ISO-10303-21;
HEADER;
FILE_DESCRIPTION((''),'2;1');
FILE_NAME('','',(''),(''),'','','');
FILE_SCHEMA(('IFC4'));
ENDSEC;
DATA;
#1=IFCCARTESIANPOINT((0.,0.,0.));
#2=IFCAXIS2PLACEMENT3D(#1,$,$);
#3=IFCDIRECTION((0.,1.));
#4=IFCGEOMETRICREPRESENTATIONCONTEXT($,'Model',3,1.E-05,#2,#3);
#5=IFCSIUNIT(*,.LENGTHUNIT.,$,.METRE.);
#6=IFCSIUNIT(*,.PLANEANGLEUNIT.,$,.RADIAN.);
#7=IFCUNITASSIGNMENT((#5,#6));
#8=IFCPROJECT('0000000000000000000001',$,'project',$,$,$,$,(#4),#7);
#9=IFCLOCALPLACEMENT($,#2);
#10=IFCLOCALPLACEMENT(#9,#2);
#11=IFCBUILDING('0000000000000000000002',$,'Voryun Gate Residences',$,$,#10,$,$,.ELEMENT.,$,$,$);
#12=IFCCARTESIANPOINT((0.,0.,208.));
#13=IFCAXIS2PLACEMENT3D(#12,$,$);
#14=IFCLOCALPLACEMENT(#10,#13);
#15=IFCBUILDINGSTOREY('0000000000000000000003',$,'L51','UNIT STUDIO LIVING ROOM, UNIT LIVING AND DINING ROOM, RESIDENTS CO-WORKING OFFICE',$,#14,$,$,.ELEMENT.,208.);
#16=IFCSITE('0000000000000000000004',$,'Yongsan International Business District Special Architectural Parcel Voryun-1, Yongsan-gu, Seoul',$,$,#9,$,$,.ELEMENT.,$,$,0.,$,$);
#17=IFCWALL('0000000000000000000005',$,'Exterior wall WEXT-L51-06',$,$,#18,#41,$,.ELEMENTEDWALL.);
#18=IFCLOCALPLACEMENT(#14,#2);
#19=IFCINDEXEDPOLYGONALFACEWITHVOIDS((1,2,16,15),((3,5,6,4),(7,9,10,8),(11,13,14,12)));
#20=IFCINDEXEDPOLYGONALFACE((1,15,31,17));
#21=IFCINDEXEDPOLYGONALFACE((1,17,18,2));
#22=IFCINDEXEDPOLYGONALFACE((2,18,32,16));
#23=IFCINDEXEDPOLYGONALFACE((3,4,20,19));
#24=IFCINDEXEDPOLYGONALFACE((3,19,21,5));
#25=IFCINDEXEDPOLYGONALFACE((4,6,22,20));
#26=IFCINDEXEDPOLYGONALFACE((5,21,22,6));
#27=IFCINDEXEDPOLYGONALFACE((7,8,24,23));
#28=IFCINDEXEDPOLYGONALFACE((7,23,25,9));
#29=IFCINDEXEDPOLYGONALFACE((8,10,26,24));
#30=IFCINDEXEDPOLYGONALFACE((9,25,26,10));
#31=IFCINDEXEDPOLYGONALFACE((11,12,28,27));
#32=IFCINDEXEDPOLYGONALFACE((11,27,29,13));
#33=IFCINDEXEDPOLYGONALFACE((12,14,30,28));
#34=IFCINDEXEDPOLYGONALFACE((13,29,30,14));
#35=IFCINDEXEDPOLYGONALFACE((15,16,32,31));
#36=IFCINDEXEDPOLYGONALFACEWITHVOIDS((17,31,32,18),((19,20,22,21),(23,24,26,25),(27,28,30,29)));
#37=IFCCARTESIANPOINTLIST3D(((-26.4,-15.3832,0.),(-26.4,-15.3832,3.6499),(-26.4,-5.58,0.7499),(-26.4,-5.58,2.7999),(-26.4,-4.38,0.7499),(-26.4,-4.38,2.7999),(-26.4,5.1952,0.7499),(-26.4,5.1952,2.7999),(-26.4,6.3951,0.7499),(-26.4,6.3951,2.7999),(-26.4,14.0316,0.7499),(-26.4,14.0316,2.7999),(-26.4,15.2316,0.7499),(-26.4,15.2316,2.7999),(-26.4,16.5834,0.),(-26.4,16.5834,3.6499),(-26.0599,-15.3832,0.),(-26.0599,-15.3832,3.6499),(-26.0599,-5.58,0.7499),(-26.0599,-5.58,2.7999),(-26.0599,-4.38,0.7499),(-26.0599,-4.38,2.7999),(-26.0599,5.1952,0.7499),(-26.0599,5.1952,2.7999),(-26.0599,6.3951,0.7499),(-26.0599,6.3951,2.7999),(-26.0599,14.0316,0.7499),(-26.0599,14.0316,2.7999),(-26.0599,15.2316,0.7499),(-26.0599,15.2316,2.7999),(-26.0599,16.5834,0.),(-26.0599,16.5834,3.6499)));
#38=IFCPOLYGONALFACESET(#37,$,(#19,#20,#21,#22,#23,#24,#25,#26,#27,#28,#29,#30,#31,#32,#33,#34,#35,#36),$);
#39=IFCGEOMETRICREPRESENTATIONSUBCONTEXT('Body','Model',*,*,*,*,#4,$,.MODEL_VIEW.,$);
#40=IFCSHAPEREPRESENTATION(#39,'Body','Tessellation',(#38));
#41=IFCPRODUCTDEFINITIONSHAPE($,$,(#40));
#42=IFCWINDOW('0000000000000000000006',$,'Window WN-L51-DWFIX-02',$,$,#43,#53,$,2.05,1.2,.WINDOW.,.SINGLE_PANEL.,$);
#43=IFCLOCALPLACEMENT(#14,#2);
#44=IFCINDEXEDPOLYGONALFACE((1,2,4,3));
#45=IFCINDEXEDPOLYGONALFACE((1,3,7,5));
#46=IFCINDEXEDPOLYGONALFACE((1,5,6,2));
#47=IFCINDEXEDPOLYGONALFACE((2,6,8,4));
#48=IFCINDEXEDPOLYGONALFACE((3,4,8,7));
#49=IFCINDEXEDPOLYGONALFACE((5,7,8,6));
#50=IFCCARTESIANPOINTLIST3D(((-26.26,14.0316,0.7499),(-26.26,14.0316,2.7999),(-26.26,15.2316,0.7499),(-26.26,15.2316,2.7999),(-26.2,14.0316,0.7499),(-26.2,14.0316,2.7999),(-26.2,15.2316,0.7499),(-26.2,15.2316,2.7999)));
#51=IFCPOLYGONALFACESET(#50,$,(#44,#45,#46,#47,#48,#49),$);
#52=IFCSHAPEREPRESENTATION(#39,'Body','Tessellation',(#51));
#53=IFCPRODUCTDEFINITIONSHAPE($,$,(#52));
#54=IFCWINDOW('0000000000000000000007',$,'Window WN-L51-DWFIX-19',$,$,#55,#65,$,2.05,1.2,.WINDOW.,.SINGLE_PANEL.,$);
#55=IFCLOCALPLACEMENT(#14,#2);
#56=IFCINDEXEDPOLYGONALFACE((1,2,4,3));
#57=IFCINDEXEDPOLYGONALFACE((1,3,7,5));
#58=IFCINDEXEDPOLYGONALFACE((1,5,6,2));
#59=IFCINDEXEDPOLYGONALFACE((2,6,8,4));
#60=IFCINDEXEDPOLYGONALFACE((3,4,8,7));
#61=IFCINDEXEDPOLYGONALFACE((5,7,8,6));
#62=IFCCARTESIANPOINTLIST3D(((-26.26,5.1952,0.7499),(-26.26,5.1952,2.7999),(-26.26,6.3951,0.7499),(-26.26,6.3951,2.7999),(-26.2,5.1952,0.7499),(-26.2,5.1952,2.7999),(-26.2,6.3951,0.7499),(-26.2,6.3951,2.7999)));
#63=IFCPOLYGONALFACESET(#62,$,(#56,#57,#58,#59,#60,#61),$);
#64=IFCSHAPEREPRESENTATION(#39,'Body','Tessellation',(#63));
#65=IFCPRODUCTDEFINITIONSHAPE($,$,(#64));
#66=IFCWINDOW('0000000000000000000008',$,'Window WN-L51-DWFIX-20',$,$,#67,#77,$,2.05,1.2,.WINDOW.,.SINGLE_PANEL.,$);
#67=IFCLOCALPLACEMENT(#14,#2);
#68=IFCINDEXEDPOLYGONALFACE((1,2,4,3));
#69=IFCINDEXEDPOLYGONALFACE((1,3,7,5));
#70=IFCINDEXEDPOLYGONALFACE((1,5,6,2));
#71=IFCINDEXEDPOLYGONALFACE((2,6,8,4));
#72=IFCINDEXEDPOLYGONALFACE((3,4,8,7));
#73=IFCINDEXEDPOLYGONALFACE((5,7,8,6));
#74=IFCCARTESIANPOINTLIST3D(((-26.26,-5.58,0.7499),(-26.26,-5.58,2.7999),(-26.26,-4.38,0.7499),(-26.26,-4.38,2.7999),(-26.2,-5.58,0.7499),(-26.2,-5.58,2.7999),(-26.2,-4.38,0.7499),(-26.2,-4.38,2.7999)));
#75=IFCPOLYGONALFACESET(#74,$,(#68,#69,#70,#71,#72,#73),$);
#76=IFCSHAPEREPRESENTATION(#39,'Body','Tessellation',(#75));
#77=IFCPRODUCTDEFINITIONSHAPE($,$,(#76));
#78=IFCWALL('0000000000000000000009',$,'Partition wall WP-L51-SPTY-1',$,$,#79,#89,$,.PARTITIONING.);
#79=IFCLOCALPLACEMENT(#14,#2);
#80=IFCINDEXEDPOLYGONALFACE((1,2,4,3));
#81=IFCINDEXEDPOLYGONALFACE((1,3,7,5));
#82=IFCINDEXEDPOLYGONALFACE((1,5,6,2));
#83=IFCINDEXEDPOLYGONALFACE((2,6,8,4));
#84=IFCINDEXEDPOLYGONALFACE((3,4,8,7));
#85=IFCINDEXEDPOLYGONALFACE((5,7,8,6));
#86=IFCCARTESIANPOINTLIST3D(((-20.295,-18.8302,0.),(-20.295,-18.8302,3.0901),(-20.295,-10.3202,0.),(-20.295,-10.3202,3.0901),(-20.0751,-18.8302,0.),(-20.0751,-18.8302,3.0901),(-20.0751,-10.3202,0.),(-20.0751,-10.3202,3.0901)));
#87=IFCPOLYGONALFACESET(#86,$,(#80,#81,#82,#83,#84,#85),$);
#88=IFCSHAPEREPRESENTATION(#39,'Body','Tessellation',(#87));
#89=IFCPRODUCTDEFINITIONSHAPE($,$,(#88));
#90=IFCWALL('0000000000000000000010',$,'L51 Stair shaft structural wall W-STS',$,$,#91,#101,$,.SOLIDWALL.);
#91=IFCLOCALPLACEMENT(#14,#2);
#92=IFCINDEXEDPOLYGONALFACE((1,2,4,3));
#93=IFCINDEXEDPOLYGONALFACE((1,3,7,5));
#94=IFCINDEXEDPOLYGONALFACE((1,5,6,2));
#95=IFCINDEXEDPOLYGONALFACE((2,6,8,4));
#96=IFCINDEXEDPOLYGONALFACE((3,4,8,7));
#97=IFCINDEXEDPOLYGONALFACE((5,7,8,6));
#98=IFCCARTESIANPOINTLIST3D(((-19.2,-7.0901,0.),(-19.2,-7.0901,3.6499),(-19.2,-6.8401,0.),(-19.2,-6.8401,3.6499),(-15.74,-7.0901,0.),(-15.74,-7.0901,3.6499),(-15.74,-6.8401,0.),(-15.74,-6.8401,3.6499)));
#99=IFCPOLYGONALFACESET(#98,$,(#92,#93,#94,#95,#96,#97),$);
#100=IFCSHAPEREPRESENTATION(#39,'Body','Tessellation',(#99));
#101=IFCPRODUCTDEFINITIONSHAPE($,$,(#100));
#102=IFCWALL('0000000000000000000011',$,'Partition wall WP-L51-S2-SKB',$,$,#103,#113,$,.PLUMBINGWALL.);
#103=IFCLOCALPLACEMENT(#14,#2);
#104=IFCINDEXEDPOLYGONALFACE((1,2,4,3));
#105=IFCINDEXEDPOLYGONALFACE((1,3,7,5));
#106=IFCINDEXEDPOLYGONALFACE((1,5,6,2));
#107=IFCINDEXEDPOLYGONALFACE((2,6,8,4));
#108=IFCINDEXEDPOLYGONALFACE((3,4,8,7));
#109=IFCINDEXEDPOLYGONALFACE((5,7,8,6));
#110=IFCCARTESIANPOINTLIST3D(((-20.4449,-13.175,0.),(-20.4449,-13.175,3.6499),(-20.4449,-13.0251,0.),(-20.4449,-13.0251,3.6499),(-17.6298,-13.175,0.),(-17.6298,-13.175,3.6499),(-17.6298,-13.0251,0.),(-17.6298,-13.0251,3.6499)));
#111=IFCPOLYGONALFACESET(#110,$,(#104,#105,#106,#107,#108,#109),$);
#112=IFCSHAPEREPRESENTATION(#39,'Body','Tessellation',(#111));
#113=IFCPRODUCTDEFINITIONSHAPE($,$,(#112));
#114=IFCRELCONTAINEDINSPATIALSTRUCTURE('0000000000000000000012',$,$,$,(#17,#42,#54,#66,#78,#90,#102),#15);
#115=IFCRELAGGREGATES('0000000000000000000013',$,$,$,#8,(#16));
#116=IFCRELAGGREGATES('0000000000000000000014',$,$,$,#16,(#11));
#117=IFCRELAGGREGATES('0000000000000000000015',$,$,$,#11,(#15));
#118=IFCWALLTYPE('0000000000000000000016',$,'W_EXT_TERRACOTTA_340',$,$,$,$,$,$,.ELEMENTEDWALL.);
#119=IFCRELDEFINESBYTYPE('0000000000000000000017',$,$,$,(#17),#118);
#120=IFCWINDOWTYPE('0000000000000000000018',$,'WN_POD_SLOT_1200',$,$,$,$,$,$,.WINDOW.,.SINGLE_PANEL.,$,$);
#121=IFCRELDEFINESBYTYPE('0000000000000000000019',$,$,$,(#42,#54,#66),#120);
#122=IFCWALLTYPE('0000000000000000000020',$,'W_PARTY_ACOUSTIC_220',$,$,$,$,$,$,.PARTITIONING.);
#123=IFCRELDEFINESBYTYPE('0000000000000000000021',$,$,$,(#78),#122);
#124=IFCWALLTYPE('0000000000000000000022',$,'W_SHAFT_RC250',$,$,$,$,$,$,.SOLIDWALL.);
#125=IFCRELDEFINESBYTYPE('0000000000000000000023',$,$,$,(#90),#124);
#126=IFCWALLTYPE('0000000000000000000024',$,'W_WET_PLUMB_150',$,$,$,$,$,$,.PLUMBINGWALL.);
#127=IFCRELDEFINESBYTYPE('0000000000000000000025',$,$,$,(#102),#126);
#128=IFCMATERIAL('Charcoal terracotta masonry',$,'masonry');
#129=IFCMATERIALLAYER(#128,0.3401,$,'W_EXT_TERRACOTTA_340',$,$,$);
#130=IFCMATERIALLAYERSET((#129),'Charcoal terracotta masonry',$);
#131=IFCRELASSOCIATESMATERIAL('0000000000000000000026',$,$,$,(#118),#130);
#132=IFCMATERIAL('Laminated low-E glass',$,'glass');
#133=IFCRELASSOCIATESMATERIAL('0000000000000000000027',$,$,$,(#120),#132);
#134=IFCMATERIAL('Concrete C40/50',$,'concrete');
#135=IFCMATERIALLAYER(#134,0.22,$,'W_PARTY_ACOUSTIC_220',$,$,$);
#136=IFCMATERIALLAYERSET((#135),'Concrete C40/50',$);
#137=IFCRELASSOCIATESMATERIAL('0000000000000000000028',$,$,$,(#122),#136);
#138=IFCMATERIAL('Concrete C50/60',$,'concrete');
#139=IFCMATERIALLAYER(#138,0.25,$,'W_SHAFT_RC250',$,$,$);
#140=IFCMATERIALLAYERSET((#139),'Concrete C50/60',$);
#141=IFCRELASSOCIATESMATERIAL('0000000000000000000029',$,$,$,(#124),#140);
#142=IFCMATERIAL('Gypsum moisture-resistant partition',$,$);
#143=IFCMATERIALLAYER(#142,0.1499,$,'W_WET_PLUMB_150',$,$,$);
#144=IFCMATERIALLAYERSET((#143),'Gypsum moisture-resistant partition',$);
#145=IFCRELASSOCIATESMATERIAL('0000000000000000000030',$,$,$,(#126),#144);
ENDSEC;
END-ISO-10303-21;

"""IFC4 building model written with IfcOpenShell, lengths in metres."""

from ifc_helpers import new_model, si_unit, direction, frame, frame_2d, origin, place, context, subcontext, project, spatial, rectangle, extrude, material, layer, layer_set, type_object, element, fill, save


model = new_model("IFC4")

# Units and contexts
model_context = context("Model", 3, precision=1e-05, world=origin(), true_north=direction((0.0, 1.0)))
body_context = subcontext(model_context, "Body", "Model", "MODEL_VIEW")
ifc_project = project(units=[si_unit("LENGTHUNIT", "METRE"), si_unit("PLANEANGLEUNIT", "RADIAN")], contexts=[model_context])

# Site, building, storey
site_placement = place(None, origin())
site = spatial("IfcSite", under=ifc_project, at=site_placement, Name="Yongsan International Business District Special Architectural Parcel Voryun-1, Yongsan-gu, Seoul", CompositionType="ELEMENT", RefElevation=0.0)
building_placement = place(site_placement, origin())
building = spatial("IfcBuilding", under=site, at=building_placement, Name="Voryun Gate Residences", CompositionType="ELEMENT")
storey_placement = place(building_placement, frame((0.0, 0.0, 208.0)))
storey = spatial("IfcBuildingStorey", under=building, at=storey_placement, Name="L51", Description="UNIT STUDIO LIVING ROOM, UNIT LIVING AND DINING ROOM, RESIDENTS CO-WORKING OFFICE", CompositionType="ELEMENT", Elevation=208.0)

# Shared definitions
ifc_material_1 = material(Name="Charcoal terracotta masonry", Category="masonry")
ifc_layer_1 = layer(ifc_material_1, 0.3401, Name="W_EXT_TERRACOTTA_340")
ifc_layer_set_1 = layer_set([ifc_layer_1], Name="Charcoal terracotta masonry")
wall_type_1 = type_object("IfcWallType", Name="W_EXT_TERRACOTTA_340", PredefinedType="ELEMENTEDWALL", material=ifc_layer_set_1)

# Wall, openings, windows
wall_1_placement = place(storey_placement, frame((-26.23, -15.3833, 0.0), z_axis=(0.0, 0.0, 1.0), x_axis=(0.0, 1.0, 0.0)))
wall_1 = element("IfcWall", 1, at=wall_1_placement, inside=storey, type_object=wall_type_1, Name="Exterior wall WEXT-L51-06", PredefinedType="ELEMENTEDWALL", context=body_context, shape_type="SweptSolid", body=[
    extrude(rectangle(XDim=31.9666, YDim=0.3401, at=frame_2d((15.9834, 0.0))), origin(), (0.0, 0.0, 1.0), 3.6499),
])
opening_1_placement = place(wall_1_placement, frame((29.4148, 0.0, 0.75)))
opening_1 = element("IfcOpeningElement", 2, at=opening_1_placement, cuts=wall_1, PredefinedType="OPENING", context=body_context, shape_type="SweptSolid", body=[
    extrude(rectangle(XDim=1.2, YDim=2.05, at=frame_2d((0.6001, 1.0249))), frame((0.0, 0.1799, 0.0), z_axis=(0.0, -1.0, 0.0), x_axis=(1.0, 0.0, 0.0)), (0.0, 0.0, 1.0), 0.3601),
])
opening_2_placement = place(wall_1_placement, frame((20.5784, 0.0, 0.75)))
opening_2 = element("IfcOpeningElement", 3, at=opening_2_placement, cuts=wall_1, PredefinedType="OPENING", context=body_context, shape_type="SweptSolid", body=[
    extrude(rectangle(XDim=1.2, YDim=2.05, at=frame_2d((0.6001, 1.0249))), frame((0.0, 0.1799, 0.0), z_axis=(0.0, -1.0, 0.0), x_axis=(1.0, 0.0, 0.0)), (0.0, 0.0, 1.0), 0.3601),
])
opening_3_placement = place(wall_1_placement, frame((9.8032, 0.0, 0.75)))
opening_3 = element("IfcOpeningElement", 4, at=opening_3_placement, cuts=wall_1, PredefinedType="OPENING", context=body_context, shape_type="SweptSolid", body=[
    extrude(rectangle(XDim=1.2, YDim=2.05, at=frame_2d((0.6001, 1.0249))), frame((0.0, 0.1799, 0.0), z_axis=(0.0, -1.0, 0.0), x_axis=(1.0, 0.0, 0.0)), (0.0, 0.0, 1.0), 0.3601),
])
ifc_material_2 = material(Name="Laminated low-E glass", Category="glass")
window_type = type_object("IfcWindowType", Name="WN_POD_SLOT_1200", PartitioningType="SINGLE_PANEL", PredefinedType="WINDOW", material=ifc_material_2)
window_1_placement = place(opening_1_placement, origin())
window_1 = element("IfcWindow", 5, at=window_1_placement, inside=storey, type_object=window_type, Name="Window WN-L51-DWFIX-02", OverallHeight=2.05, OverallWidth=1.2, PartitioningType="SINGLE_PANEL", PredefinedType="WINDOW", context=body_context, shape_type="SweptSolid", body=[
    extrude(rectangle(XDim=1.2, YDim=2.05, at=frame_2d((0.6001, 1.0249))), frame((0.0, 0.03, 0.0), z_axis=(0.0, -1.0, 0.0), x_axis=(1.0, 0.0, 0.0)), (0.0, 0.0, 1.0), 0.0601),
])
fill(opening_1, window_1)
window_2_placement = place(opening_2_placement, origin())
window_2 = element("IfcWindow", 6, at=window_2_placement, inside=storey, type_object=window_type, Name="Window WN-L51-DWFIX-19", OverallHeight=2.05, OverallWidth=1.2, PartitioningType="SINGLE_PANEL", PredefinedType="WINDOW", context=body_context, shape_type="SweptSolid", body=[
    extrude(rectangle(XDim=1.2, YDim=2.05, at=frame_2d((0.6001, 1.0249))), frame((0.0, 0.03, 0.0), z_axis=(0.0, -1.0, 0.0), x_axis=(1.0, 0.0, 0.0)), (0.0, 0.0, 1.0), 0.0601),
])
fill(opening_2, window_2)
window_3_placement = place(opening_3_placement, origin())
window_3 = element("IfcWindow", 7, at=window_3_placement, inside=storey, type_object=window_type, Name="Window WN-L51-DWFIX-20", OverallHeight=2.05, OverallWidth=1.2, PartitioningType="SINGLE_PANEL", PredefinedType="WINDOW", context=body_context, shape_type="SweptSolid", body=[
    extrude(rectangle(XDim=1.2, YDim=2.05, at=frame_2d((0.6001, 1.0249))), frame((0.0, 0.03, 0.0), z_axis=(0.0, -1.0, 0.0), x_axis=(1.0, 0.0, 0.0)), (0.0, 0.0, 1.0), 0.0601),
])
fill(opening_3, window_3)

# Walls
ifc_material_3 = material(Name="Concrete C40/50", Category="concrete")
ifc_layer_2 = layer(ifc_material_3, 0.22, Name="W_PARTY_ACOUSTIC_220")
ifc_layer_set_2 = layer_set([ifc_layer_2], Name="Concrete C40/50")
wall_type_2 = type_object("IfcWallType", Name="W_PARTY_ACOUSTIC_220", PredefinedType="PARTITIONING", material=ifc_layer_set_2)
wall_2_placement = place(storey_placement, frame((-20.1851, -18.8301, 0.0), z_axis=(0.0, 0.0, 1.0), x_axis=(0.0, 1.0, 0.0)))
element("IfcWall", 8, at=wall_2_placement, inside=storey, type_object=wall_type_2, Name="Partition wall WP-L51-SPTY-1", PredefinedType="PARTITIONING", context=body_context, shape_type="SweptSolid", body=[
    extrude(rectangle(XDim=8.51, YDim=0.22, at=frame_2d((4.2549, 0.0))), origin(), (0.0, 0.0, 1.0), 3.0901),
])
ifc_material_4 = material(Name="Concrete C50/60", Category="concrete")
ifc_layer_3 = layer(ifc_material_4, 0.25, Name="W_SHAFT_RC250")
ifc_layer_set_3 = layer_set([ifc_layer_3], Name="Concrete C50/60")
wall_type_3 = type_object("IfcWallType", Name="W_SHAFT_RC250", PredefinedType="SOLIDWALL", material=ifc_layer_set_3)
wall_3_placement = place(storey_placement, frame((-19.2, -6.9651, 0.0), z_axis=(0.0, 0.0, 1.0), x_axis=(1.0, 0.0, 0.0)))
element("IfcWall", 9, at=wall_3_placement, inside=storey, type_object=wall_type_3, Name="L51 Stair shaft structural wall W-STS", PredefinedType="SOLIDWALL", context=body_context, shape_type="SweptSolid", body=[
    extrude(rectangle(XDim=3.46, YDim=0.25, at=frame_2d((1.73, 0.0))), origin(), (0.0, 0.0, 1.0), 3.6499),
])
ifc_material_5 = material(Name="Gypsum moisture-resistant partition")
ifc_layer_4 = layer(ifc_material_5, 0.1499, Name="W_WET_PLUMB_150")
ifc_layer_set_4 = layer_set([ifc_layer_4], Name="Gypsum moisture-resistant partition")
wall_type_4 = type_object("IfcWallType", Name="W_WET_PLUMB_150", PredefinedType="PLUMBINGWALL", material=ifc_layer_set_4)
wall_4_placement = place(storey_placement, frame((-20.4451, -13.1001, 0.0), z_axis=(0.0, 0.0, 1.0), x_axis=(1.0, 0.0, 0.0)))
element("IfcWall", 10, at=wall_4_placement, inside=storey, type_object=wall_type_4, Name="Partition wall WP-L51-S2-SKB", PredefinedType="PLUMBINGWALL", context=body_context, shape_type="SweptSolid", body=[
    extrude(rectangle(XDim=2.8152, YDim=0.1499, at=frame_2d((1.4077, 0.0))), origin(), (0.0, 0.0, 1.0), 3.6499),
])

save(model, "model.ifc")
